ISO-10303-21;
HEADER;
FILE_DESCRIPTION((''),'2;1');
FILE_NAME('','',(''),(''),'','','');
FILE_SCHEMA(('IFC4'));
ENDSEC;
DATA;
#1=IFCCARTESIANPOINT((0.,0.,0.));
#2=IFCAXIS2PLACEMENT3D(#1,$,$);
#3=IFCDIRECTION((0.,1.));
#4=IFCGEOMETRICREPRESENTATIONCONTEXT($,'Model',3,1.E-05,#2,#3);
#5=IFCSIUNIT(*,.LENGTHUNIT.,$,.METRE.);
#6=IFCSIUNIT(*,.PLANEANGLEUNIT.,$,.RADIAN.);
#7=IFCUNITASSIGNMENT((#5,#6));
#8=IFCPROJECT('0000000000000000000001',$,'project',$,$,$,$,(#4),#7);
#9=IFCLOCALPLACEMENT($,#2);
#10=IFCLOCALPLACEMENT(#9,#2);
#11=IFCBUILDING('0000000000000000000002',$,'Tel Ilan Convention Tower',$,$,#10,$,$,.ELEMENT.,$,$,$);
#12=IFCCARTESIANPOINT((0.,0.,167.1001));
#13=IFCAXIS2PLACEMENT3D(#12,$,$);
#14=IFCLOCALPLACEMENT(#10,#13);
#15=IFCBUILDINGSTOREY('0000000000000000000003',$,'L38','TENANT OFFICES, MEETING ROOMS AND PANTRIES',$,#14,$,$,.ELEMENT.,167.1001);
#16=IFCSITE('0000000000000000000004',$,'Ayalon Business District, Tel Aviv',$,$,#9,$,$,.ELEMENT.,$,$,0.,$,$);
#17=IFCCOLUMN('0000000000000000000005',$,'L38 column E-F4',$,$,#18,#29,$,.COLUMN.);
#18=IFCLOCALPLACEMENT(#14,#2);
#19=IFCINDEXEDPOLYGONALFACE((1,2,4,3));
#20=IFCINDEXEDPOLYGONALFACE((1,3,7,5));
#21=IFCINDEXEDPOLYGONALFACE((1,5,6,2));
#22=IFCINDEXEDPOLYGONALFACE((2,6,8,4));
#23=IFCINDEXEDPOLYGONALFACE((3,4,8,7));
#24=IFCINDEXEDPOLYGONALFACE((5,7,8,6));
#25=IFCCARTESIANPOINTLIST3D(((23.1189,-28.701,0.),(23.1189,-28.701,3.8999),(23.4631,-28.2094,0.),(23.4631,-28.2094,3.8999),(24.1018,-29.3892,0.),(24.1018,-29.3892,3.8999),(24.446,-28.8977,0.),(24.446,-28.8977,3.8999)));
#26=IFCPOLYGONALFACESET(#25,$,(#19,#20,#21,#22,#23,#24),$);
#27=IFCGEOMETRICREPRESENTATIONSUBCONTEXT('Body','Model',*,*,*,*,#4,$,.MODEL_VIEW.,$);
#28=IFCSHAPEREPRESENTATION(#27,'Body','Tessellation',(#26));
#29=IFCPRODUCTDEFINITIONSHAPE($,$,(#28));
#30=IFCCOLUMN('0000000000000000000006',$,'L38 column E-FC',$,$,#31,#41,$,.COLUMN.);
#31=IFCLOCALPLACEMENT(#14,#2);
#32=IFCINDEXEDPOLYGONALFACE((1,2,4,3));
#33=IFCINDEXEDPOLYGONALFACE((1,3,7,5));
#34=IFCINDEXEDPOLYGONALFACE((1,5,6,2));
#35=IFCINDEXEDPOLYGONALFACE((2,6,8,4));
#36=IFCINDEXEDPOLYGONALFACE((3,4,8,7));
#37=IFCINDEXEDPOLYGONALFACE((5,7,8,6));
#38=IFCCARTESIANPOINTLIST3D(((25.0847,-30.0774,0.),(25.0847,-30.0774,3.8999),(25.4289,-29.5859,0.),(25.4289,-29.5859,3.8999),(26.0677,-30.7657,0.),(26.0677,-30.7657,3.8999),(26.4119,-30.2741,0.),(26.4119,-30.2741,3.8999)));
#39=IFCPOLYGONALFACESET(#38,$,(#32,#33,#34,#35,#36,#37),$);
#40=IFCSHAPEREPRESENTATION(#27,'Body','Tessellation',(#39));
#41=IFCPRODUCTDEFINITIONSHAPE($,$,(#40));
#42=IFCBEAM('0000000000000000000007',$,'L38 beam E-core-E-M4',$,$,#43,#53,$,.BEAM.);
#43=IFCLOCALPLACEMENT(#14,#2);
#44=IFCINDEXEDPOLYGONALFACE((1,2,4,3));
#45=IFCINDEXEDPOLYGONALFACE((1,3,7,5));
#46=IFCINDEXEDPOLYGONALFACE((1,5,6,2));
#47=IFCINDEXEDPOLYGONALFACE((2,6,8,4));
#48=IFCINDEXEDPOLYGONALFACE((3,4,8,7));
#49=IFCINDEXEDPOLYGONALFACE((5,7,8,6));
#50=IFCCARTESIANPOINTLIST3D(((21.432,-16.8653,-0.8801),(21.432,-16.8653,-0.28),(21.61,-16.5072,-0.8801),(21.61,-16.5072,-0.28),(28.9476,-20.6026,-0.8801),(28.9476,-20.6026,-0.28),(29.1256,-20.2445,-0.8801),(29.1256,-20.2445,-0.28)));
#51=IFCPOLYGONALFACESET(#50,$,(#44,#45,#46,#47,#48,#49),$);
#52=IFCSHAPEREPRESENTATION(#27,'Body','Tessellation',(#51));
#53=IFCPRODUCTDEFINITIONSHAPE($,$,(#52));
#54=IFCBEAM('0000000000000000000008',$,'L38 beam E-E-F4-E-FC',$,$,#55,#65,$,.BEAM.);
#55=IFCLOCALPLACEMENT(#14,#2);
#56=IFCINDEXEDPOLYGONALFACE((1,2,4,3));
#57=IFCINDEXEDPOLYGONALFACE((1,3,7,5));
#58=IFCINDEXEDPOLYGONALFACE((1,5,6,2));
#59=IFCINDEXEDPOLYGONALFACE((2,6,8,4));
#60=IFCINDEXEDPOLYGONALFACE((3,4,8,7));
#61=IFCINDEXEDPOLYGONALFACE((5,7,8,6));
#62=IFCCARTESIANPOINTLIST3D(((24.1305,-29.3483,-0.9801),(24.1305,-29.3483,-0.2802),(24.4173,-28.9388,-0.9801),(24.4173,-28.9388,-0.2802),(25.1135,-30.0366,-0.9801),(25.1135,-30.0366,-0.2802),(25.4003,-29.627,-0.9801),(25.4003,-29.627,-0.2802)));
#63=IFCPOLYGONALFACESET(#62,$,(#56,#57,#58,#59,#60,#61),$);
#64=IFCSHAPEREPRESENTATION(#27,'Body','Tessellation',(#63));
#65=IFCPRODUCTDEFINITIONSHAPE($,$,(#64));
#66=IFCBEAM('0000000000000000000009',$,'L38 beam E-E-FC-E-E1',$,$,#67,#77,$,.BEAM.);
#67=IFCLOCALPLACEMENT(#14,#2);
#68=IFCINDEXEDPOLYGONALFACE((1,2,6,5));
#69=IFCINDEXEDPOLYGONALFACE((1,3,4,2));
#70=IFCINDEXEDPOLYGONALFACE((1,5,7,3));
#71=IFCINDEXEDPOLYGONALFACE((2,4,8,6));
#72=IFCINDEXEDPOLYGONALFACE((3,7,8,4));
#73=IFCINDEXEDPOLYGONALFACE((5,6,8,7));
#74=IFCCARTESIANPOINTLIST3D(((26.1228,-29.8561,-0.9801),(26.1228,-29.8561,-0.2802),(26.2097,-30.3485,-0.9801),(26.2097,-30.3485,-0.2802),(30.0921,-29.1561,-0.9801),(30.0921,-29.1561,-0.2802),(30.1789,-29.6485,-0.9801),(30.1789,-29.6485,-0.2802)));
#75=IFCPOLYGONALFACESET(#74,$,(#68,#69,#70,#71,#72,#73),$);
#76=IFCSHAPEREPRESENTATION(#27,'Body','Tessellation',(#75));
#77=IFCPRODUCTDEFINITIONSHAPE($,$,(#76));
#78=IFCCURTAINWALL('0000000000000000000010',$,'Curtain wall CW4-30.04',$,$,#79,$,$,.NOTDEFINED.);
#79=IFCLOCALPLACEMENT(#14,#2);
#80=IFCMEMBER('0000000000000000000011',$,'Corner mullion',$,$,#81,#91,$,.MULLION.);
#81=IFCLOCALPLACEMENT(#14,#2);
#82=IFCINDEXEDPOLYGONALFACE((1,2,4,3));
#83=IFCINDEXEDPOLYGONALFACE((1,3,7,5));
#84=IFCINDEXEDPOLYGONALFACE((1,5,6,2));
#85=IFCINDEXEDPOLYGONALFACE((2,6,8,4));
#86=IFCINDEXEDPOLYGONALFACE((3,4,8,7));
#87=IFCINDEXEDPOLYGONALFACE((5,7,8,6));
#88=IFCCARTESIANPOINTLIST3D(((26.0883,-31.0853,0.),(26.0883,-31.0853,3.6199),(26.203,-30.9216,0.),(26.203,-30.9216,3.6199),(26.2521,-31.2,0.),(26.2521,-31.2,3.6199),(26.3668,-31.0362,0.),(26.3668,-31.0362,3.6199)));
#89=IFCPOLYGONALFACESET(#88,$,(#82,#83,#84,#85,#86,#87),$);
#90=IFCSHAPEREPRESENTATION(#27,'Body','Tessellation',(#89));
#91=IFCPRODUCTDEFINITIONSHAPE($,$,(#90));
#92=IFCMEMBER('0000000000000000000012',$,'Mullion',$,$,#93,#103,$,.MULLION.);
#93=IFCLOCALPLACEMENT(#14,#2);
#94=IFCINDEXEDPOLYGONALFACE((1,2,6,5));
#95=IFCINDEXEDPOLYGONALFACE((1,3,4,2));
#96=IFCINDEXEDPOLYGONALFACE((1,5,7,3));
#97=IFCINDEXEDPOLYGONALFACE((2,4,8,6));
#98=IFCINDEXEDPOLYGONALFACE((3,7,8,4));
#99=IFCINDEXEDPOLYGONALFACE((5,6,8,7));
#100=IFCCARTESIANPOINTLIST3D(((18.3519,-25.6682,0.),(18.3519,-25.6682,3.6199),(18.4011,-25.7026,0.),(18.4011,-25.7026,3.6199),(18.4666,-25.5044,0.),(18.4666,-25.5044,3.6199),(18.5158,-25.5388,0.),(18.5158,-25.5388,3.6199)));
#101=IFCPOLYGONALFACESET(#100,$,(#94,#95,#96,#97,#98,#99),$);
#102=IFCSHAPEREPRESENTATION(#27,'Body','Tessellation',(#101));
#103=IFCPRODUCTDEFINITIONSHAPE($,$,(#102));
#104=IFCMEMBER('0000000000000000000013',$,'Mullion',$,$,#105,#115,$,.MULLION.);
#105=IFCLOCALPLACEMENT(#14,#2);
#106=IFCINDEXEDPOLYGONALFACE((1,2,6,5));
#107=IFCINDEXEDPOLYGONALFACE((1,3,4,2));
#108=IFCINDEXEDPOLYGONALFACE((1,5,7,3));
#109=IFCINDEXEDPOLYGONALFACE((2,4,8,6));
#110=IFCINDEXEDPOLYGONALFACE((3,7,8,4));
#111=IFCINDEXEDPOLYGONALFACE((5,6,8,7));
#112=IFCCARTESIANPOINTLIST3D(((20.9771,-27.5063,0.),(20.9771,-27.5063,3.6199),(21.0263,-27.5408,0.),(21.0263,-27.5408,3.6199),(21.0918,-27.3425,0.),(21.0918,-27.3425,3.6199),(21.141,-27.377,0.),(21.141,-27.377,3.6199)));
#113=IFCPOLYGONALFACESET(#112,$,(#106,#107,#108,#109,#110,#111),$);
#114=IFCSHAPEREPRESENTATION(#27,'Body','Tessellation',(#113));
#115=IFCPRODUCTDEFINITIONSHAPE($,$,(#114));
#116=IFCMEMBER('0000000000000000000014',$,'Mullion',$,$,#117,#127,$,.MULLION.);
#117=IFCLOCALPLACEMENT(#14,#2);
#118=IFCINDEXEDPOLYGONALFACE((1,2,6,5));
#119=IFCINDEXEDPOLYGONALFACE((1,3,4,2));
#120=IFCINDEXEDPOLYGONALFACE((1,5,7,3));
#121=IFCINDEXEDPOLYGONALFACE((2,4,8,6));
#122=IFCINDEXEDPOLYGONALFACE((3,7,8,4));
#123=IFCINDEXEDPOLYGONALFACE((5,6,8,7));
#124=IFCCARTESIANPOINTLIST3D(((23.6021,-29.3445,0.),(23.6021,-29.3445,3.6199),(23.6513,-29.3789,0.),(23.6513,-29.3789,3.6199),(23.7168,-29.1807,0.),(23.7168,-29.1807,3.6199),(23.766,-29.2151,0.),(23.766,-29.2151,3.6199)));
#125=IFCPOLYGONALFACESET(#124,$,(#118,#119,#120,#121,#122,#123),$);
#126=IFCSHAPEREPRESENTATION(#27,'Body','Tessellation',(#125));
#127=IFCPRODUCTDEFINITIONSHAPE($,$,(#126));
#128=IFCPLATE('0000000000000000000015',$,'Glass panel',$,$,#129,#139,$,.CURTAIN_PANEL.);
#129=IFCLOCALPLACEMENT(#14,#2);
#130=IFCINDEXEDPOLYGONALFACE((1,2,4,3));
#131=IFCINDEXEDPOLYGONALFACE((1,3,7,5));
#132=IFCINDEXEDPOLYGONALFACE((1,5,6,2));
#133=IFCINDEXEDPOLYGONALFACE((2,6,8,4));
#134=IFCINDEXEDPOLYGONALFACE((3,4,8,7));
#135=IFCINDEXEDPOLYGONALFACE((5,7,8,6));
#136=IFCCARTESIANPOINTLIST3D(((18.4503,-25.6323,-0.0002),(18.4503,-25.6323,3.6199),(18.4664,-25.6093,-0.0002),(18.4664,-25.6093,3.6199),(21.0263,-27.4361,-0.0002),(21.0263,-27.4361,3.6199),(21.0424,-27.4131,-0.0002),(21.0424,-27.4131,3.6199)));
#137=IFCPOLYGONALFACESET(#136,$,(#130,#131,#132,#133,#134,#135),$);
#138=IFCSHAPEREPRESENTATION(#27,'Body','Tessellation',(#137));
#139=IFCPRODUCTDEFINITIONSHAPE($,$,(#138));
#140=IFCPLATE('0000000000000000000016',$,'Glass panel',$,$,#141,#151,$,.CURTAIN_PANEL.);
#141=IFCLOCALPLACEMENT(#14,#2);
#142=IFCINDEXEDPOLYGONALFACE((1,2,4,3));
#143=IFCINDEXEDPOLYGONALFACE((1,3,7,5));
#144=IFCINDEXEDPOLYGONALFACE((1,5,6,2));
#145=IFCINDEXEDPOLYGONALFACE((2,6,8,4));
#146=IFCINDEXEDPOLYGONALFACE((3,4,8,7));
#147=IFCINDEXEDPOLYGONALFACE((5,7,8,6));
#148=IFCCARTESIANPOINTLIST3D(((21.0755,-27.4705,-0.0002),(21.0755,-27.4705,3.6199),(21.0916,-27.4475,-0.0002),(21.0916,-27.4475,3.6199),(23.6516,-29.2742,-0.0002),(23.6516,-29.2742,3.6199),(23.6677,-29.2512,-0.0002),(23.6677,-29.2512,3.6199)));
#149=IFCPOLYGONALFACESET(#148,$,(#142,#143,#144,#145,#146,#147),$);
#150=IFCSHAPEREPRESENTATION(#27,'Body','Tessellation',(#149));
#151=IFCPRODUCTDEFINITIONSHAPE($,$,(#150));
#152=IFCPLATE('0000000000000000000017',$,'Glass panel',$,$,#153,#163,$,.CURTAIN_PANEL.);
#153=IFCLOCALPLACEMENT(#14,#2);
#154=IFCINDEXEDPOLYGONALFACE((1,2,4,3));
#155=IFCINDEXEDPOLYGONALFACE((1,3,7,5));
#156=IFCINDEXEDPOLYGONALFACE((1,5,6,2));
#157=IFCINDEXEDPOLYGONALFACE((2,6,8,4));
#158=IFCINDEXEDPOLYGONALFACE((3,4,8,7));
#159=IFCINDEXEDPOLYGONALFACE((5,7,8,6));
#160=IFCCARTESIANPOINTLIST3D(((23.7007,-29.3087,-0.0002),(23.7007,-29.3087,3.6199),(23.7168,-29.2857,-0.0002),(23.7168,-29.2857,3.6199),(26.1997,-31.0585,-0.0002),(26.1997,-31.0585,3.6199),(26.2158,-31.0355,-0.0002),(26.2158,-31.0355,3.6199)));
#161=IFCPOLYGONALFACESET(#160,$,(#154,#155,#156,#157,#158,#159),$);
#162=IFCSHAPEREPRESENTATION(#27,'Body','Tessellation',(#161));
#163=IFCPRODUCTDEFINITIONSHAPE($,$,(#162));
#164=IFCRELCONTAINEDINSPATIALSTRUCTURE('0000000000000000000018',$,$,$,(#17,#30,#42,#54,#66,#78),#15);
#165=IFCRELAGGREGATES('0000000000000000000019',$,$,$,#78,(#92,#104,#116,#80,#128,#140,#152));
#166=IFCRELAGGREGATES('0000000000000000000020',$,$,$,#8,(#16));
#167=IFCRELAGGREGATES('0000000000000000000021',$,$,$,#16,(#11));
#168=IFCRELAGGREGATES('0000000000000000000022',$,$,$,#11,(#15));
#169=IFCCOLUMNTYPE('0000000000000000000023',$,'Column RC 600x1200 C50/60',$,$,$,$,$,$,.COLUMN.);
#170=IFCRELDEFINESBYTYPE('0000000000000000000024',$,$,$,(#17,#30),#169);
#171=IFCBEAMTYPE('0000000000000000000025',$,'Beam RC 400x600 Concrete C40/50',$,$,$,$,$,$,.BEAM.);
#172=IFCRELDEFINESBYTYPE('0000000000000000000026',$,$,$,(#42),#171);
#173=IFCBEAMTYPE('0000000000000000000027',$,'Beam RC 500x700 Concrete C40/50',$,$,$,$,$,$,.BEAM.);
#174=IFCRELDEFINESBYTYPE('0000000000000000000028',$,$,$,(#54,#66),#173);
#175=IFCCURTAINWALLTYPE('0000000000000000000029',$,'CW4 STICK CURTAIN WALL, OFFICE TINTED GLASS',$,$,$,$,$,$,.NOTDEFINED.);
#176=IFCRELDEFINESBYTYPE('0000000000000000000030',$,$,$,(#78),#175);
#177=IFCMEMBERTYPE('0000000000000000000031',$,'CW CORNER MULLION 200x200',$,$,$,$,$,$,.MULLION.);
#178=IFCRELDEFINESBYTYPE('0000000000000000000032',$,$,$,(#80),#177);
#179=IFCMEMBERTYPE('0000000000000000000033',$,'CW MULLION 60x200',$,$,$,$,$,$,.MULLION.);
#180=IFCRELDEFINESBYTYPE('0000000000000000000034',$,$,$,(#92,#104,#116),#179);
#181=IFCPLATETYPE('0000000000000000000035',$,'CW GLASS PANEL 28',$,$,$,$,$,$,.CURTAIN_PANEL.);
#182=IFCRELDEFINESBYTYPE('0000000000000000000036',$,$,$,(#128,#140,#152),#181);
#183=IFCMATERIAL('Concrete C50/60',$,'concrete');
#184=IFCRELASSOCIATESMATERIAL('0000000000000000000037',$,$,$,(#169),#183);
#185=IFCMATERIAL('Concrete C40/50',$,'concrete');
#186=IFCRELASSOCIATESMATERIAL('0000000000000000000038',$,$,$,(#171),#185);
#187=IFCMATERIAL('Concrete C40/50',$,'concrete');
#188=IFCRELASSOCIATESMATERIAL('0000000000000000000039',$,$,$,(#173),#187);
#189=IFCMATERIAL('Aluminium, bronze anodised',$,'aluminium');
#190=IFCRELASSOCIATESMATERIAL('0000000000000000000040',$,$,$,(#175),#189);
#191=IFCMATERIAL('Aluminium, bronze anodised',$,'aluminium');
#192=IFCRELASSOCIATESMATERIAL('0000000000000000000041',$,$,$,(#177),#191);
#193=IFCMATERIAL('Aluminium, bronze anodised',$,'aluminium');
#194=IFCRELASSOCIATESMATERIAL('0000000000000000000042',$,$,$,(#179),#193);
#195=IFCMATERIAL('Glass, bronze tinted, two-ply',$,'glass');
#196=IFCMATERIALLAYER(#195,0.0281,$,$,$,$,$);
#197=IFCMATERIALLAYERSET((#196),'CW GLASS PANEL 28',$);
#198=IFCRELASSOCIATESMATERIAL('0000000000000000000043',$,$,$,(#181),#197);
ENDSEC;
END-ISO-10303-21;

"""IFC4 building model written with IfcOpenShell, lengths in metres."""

from ifc_helpers import new_model, si_unit, direction, frame, origin, origin_2d, place, context, subcontext, project, spatial, rectangle, extrude, material, layer, layer_set, material_profile, profile_set, type_object, element, aggregate, save


model = new_model("IFC4")

# Units and contexts
model_context = context("Model", 3, precision=1e-05, world=origin(), true_north=direction((0.0, 1.0)))
body_context = subcontext(model_context, "Body", "Model", "MODEL_VIEW")
ifc_project = project(units=[si_unit("LENGTHUNIT", "METRE"), si_unit("PLANEANGLEUNIT", "RADIAN")], contexts=[model_context])

# Site, building, storey
site_placement = place(None, origin())
site = spatial("IfcSite", under=ifc_project, at=site_placement, Name="Ayalon Business District, Tel Aviv", CompositionType="ELEMENT", RefElevation=0.0)
building_placement = place(site_placement, origin())
building = spatial("IfcBuilding", under=site, at=building_placement, Name="Tel Ilan Convention Tower", CompositionType="ELEMENT")
storey_placement = place(building_placement, frame((0.0, 0.0, 167.1001)))
storey = spatial("IfcBuildingStorey", under=building, at=storey_placement, Name="L38", Description="TENANT OFFICES, MEETING ROOMS AND PANTRIES", CompositionType="ELEMENT", Elevation=167.1001)

# Columns
ifc_material_1 = material(Name="Concrete C50/60", Category="concrete")
ifc_material_profile_1 = material_profile(ifc_material_1, rectangle(XDim=1.2, YDim=0.6001, at=origin_2d()), Name="RC 600x1200")
ifc_profile_set_1 = profile_set([ifc_material_profile_1], Name="Concrete C50/60")
column_type = type_object("IfcColumnType", Name="Column RC 600x1200 C50/60", PredefinedType="COLUMN", material=ifc_profile_set_1)
for number, where, z_axis, x_axis, name in (
    (1, (23.7825, -28.7993, 0.0), (0.0, 0.0, 1.0), (0.819152, -0.573576, 0.0), "L38 column E-F4"),
    (2, (25.7483, -30.1758, 0.0), (0.0, 0.0, 1.0), (0.819152, -0.573576, 0.0), "L38 column E-FC"),
):
    element("IfcColumn", number, at=place(storey_placement, frame(where, z_axis=z_axis, x_axis=x_axis)), inside=storey, type_object=column_type, Name=name, PredefinedType="COLUMN", context=body_context, shape_type="SweptSolid", body=[
        extrude(rectangle(XDim=1.2, YDim=0.6001, at=origin_2d()), origin(), (0.0, 0.0, 1.0), 3.8999),
    ])

# Beams
ifc_material_2 = material(Name="Concrete C40/50", Category="concrete")
ifc_material_profile_2 = material_profile(ifc_material_2, rectangle(XDim=0.3999, YDim=0.6001, at=origin_2d()), Name="RC 400x600")
ifc_profile_set_2 = profile_set([ifc_material_profile_2], Name="Concrete C40/50")
beam_type_1 = type_object("IfcBeamType", Name="Beam RC 400x600 Concrete C40/50", PredefinedType="BEAM", material=ifc_profile_set_2)
beam_1_placement = place(storey_placement, frame((21.521, -16.6863, -0.5801), z_axis=(0.895402, -0.445258, 0.0), x_axis=(0.445258, 0.895402, 0.0)))
element("IfcBeam", 3, at=beam_1_placement, inside=storey, type_object=beam_type_1, Name="L38 beam E-core-E-M4", PredefinedType="BEAM", context=body_context, shape_type="SweptSolid", body=[
    extrude(rectangle(XDim=0.3999, YDim=0.6001, at=origin_2d()), origin(), (0.0, 0.0, 1.0), 8.3936),
])
ifc_material_3 = material(Name="Concrete C40/50", Category="concrete")
ifc_material_profile_3 = material_profile(ifc_material_3, rectangle(XDim=0.5, YDim=0.7, at=origin_2d()), Name="RC 500x700")
ifc_profile_set_3 = profile_set([ifc_material_profile_3], Name="Concrete C40/50")
beam_type_2 = type_object("IfcBeamType", Name="Beam RC 500x700 Concrete C40/50", PredefinedType="BEAM", material=ifc_profile_set_3)
beam_2_placement = place(storey_placement, frame((24.2739, -29.1436, -0.6301), z_axis=(0.819155, -0.573572, 0.0), x_axis=(0.573572, 0.819155, 0.0)))
element("IfcBeam", 4, at=beam_2_placement, inside=storey, type_object=beam_type_2, Name="L38 beam E-E-F4-E-FC", PredefinedType="BEAM", context=body_context, shape_type="SweptSolid", body=[
    extrude(rectangle(XDim=0.5, YDim=0.7, at=origin_2d()), origin(), (0.0, 0.0, 1.0), 1.2),
])
beam_3_placement = place(storey_placement, frame((26.1663, -30.1023, -0.6301), z_axis=(0.984805, 0.173664, 0.0), x_axis=(-0.173664, 0.984805, 0.0)))
element("IfcBeam", 5, at=beam_3_placement, inside=storey, type_object=beam_type_2, Name="L38 beam E-E-FC-E-E1", PredefinedType="BEAM", context=body_context, shape_type="SweptSolid", body=[
    extrude(rectangle(XDim=0.5, YDim=0.7, at=origin_2d()), origin(), (0.0, 0.0, 1.0), 4.0305),
])

# Curtain wall, members, plates
ifc_material_4 = material(Name="Aluminium, bronze anodised", Category="aluminium")
curtain_wall_type = type_object("IfcCurtainWallType", Name="CW4 STICK CURTAIN WALL, OFFICE TINTED GLASS", PredefinedType="NOTDEFINED", material=ifc_material_4)
curtain_wall_placement = place(storey_placement, origin())
curtain_wall = element("IfcCurtainWall", 6, at=curtain_wall_placement, inside=storey, type_object=curtain_wall_type, Name="Curtain wall CW4-30.04", PredefinedType="NOTDEFINED")
ifc_material_5 = material(Name="Aluminium, bronze anodised", Category="aluminium")
ifc_material_profile_4 = material_profile(ifc_material_5, rectangle(XDim=0.2, YDim=0.2, at=origin_2d()), Name="CW CORNER MULLION 200x200")
ifc_profile_set_4 = profile_set([ifc_material_profile_4], Name="Aluminium, bronze anodised")
member_type_1 = type_object("IfcMemberType", Name="CW CORNER MULLION 200x200", PredefinedType="MULLION", material=ifc_profile_set_4)
member_1_placement = place(storey_placement, frame((26.2275, -31.0608, 0.0), z_axis=(0.0, 0.0, 1.0), x_axis=(0.819152, -0.573576, 0.0)))
member_1 = element("IfcMember", 7, at=member_1_placement, type_object=member_type_1, Name="Corner mullion", PredefinedType="MULLION", context=body_context, shape_type="SweptSolid", body=[
    extrude(rectangle(XDim=0.2, YDim=0.2, at=origin_2d()), origin(), (0.0, 0.0, 1.0), 3.6199),
])
ifc_material_6 = material(Name="Aluminium, bronze anodised", Category="aluminium")
ifc_material_profile_5 = material_profile(ifc_material_6, rectangle(XDim=0.0601, YDim=0.2, at=origin_2d()), Name="CW MULLION 60x200")
ifc_profile_set_5 = profile_set([ifc_material_profile_5], Name="Aluminium, bronze anodised")
member_type_2 = type_object("IfcMemberType", Name="CW MULLION 60x200", PredefinedType="MULLION", material=ifc_profile_set_5)
member_2_placement = place(storey_placement, frame((18.4338, -25.6035, 0.0), z_axis=(0.0, 0.0, 1.0), x_axis=(0.819152, -0.573576, 0.0)))
member_2 = element("IfcMember", 8, at=member_2_placement, type_object=member_type_2, Name="Mullion", PredefinedType="MULLION", context=body_context, shape_type="SweptSolid", body=[
    extrude(rectangle(XDim=0.0601, YDim=0.2, at=origin_2d()), origin(), (0.0, 0.0, 1.0), 3.6199),
])
member_3_placement = place(storey_placement, frame((21.0591, -27.4417, 0.0), z_axis=(0.0, 0.0, 1.0), x_axis=(0.819152, -0.573576, 0.0)))
member_3 = element("IfcMember", 9, at=member_3_placement, type_object=member_type_2, Name="Mullion", PredefinedType="MULLION", context=body_context, shape_type="SweptSolid", body=[
    extrude(rectangle(XDim=0.0601, YDim=0.2, at=origin_2d()), origin(), (0.0, 0.0, 1.0), 3.6199),
])
member_4_placement = place(storey_placement, frame((23.6841, -29.2798, 0.0), z_axis=(0.0, 0.0, 1.0), x_axis=(0.819152, -0.573576, 0.0)))
member_4 = element("IfcMember", 10, at=member_4_placement, type_object=member_type_2, Name="Mullion", PredefinedType="MULLION", context=body_context, shape_type="SweptSolid", body=[
    extrude(rectangle(XDim=0.0601, YDim=0.2, at=origin_2d()), origin(), (0.0, 0.0, 1.0), 3.6199),
])
ifc_material_7 = material(Name="Glass, bronze tinted, two-ply", Category="glass")
ifc_layer_1 = layer(ifc_material_7, 0.0281)
ifc_layer_set_1 = layer_set([ifc_layer_1], Name="CW GLASS PANEL 28")
plate_type = type_object("IfcPlateType", Name="CW GLASS PANEL 28", PredefinedType="CURTAIN_PANEL", material=ifc_layer_set_1)
plate_1_placement = place(storey_placement, frame((19.7463, -26.5227, -0.0002), z_axis=(0.0, 0.0, 1.0), x_axis=(0.819152, -0.573576, 0.0)))
plate_1 = element("IfcPlate", 11, at=plate_1_placement, type_object=plate_type, Name="Glass panel", PredefinedType="CURTAIN_PANEL", context=body_context, shape_type="SweptSolid", body=[
    extrude(rectangle(XDim=3.1448, YDim=0.0281, at=origin_2d()), origin(), (0.0, 0.0, 1.0), 3.6201),
])
plate_2_placement = place(storey_placement, frame((22.3716, -28.3608, -0.0002), z_axis=(0.0, 0.0, 1.0), x_axis=(0.819152, -0.573576, 0.0)))
plate_2 = element("IfcPlate", 12, at=plate_2_placement, type_object=plate_type, Name="Glass panel", PredefinedType="CURTAIN_PANEL", context=body_context, shape_type="SweptSolid", body=[
    extrude(rectangle(XDim=3.1448, YDim=0.0281, at=origin_2d()), origin(), (0.0, 0.0, 1.0), 3.6201),
])
plate_3_placement = place(storey_placement, frame((24.9583, -30.1721, -0.0002), z_axis=(0.0, 0.0, 1.0), x_axis=(0.819152, -0.573576, 0.0)))
plate_3 = element("IfcPlate", 13, at=plate_3_placement, type_object=plate_type, Name="Glass panel", PredefinedType="CURTAIN_PANEL", context=body_context, shape_type="SweptSolid", body=[
    extrude(rectangle(XDim=3.0508, YDim=0.0281, at=origin_2d()), origin(), (0.0, 0.0, 1.0), 3.6201),
])
aggregate(curtain_wall, [member_2, member_3, member_4, member_1, plate_1, plate_2, plate_3])

save(model, "model.ifc")
